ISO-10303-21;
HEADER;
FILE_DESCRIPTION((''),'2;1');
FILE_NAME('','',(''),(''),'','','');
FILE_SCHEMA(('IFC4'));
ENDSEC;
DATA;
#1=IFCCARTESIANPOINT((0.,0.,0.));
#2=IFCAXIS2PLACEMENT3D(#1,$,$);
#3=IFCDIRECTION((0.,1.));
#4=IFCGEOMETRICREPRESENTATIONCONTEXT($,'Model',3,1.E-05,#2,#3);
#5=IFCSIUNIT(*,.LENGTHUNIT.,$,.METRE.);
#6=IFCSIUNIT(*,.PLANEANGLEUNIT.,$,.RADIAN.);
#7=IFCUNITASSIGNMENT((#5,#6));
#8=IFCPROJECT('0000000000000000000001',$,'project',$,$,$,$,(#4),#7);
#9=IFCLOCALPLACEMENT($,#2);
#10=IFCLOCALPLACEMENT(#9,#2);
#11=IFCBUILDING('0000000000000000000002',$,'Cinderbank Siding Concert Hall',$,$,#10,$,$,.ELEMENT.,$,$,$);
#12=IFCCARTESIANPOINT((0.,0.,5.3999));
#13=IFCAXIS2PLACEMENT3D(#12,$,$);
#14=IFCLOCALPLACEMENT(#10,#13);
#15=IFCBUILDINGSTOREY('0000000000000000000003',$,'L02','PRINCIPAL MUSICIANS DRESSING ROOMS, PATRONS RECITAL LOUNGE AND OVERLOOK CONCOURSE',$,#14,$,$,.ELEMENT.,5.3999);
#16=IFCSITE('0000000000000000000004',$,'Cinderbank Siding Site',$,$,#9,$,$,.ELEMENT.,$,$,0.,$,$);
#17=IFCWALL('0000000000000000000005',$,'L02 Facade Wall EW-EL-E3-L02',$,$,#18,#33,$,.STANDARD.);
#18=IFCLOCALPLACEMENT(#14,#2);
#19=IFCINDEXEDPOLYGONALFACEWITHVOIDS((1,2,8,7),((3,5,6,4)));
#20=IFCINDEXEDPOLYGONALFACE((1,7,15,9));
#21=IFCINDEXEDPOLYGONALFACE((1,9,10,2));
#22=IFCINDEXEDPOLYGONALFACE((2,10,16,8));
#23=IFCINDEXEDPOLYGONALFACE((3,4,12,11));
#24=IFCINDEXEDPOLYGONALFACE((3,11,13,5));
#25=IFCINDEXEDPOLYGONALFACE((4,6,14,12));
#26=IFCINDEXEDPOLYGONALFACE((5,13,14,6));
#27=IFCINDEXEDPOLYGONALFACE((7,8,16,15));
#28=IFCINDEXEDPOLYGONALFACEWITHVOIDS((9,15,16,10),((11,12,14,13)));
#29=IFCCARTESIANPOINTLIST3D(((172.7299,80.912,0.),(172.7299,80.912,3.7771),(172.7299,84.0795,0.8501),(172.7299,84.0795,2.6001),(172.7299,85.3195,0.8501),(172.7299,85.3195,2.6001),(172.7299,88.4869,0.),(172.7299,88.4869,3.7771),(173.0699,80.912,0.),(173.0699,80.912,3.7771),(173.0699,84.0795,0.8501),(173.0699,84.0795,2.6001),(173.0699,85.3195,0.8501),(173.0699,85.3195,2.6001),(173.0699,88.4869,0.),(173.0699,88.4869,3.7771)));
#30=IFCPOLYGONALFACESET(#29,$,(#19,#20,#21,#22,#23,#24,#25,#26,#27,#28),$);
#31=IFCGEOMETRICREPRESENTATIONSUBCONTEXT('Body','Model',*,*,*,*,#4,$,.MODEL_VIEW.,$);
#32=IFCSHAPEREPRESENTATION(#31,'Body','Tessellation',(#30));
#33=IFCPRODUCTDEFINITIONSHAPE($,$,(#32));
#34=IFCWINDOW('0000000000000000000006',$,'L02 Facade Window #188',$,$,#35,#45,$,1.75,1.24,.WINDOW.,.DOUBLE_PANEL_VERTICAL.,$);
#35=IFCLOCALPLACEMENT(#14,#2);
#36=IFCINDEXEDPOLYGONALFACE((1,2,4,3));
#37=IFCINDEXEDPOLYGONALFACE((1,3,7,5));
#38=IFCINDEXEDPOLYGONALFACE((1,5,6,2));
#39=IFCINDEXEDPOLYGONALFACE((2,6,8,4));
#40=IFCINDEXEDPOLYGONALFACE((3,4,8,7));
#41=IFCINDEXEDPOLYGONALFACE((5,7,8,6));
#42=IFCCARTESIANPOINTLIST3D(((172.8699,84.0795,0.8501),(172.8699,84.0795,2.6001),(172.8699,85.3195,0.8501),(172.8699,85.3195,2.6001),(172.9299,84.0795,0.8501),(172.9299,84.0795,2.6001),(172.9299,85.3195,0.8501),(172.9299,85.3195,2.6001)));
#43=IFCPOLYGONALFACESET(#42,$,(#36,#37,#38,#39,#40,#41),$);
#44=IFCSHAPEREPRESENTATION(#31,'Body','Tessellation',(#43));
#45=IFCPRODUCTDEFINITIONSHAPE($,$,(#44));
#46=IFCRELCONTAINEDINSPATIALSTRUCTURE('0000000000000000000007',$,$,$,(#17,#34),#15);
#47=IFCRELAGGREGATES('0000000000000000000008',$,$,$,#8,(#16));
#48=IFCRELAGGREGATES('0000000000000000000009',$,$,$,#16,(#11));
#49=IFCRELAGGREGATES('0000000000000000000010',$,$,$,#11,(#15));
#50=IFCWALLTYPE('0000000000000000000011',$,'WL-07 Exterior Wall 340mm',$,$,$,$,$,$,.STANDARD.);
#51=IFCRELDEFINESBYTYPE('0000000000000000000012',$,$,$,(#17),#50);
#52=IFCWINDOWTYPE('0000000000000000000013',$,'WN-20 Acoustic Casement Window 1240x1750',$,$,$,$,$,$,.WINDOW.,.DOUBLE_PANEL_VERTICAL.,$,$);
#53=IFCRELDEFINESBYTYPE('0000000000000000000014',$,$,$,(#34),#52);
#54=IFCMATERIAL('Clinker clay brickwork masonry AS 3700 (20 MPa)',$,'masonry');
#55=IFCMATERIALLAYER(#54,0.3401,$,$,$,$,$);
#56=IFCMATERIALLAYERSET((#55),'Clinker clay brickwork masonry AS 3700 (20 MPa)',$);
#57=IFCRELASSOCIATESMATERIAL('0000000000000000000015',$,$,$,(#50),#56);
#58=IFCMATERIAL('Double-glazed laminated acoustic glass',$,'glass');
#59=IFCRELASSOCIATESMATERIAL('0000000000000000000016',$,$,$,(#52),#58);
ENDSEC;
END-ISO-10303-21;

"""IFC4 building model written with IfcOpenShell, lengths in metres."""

from ifc_helpers import new_model, si_unit, direction, frame, frame_2d, origin, place, context, subcontext, project, spatial, rectangle, extrude, material, layer, layer_set, type_object, element, fill, save


model = new_model("IFC4")

# Units and contexts
model_context = context("Model", 3, precision=1e-05, world=origin(), true_north=direction((0.0, 1.0)))
body_context = subcontext(model_context, "Body", "Model", "MODEL_VIEW")
ifc_project = project(units=[si_unit("LENGTHUNIT", "METRE"), si_unit("PLANEANGLEUNIT", "RADIAN")], contexts=[model_context])

# Site, building, storey
site_placement = place(None, origin())
site = spatial("IfcSite", under=ifc_project, at=site_placement, Name="Cinderbank Siding Site", CompositionType="ELEMENT", RefElevation=0.0)
building_placement = place(site_placement, origin())
building = spatial("IfcBuilding", under=site, at=building_placement, Name="Cinderbank Siding Concert Hall", CompositionType="ELEMENT")
storey_placement = place(building_placement, frame((0.0, 0.0, 5.3999)))
storey = spatial("IfcBuildingStorey", under=building, at=storey_placement, Name="L02", Description="PRINCIPAL MUSICIANS DRESSING ROOMS, PATRONS RECITAL LOUNGE AND OVERLOOK CONCOURSE", CompositionType="ELEMENT", Elevation=5.3999)

# Wall, opening, window
ifc_material_1 = material(Name="Clinker clay brickwork masonry AS 3700 (20 MPa)", Category="masonry")
ifc_layer = layer(ifc_material_1, 0.3401)
ifc_layer_set = layer_set([ifc_layer], Name="Clinker clay brickwork masonry AS 3700 (20 MPa)")
wall_type = type_object("IfcWallType", Name="WL-07 Exterior Wall 340mm", PredefinedType="STANDARD", material=ifc_layer_set)
ifc_material_2 = material(Name="Double-glazed laminated acoustic glass", Category="glass")
wall_1_placement = place(storey_placement, frame((172.8999, 88.4871, 0.0), z_axis=(0.0, 0.0, 1.0), x_axis=(0.0, -1.0, 0.0)))
wall_1 = element("IfcWall", 1, at=wall_1_placement, inside=storey, type_object=wall_type, Name="L02 Facade Wall EW-EL-E3-L02", PredefinedType="STANDARD", context=body_context, shape_type="SweptSolid", body=[
    extrude(rectangle(XDim=7.575, YDim=0.3401, at=frame_2d((3.7876, 0.0))), origin(), (0.0, 0.0, 1.0), 3.7771),
])
opening_1_placement = place(wall_1_placement, frame((3.1675, 0.0, 0.8501)))
opening_1 = element("IfcOpeningElement", 2, at=opening_1_placement, cuts=wall_1, PredefinedType="OPENING", context=body_context, shape_type="SweptSolid", body=[
    extrude(rectangle(XDim=1.24, YDim=1.75, at=frame_2d((0.6201, 0.875))), frame((0.0, 0.1821, 0.0), z_axis=(0.0, -1.0, 0.0), x_axis=(1.0, 0.0, 0.0)), (0.0, 0.0, 1.0), 0.364),
])
window_type_1 = type_object("IfcWindowType", Name="WN-20 Acoustic Casement Window 1240x1750", PartitioningType="DOUBLE_PANEL_VERTICAL", PredefinedType="WINDOW", material=ifc_material_2)
window_1_placement = place(opening_1_placement, origin())
window_1 = element("IfcWindow", 3, at=window_1_placement, inside=storey, type_object=window_type_1, Name="L02 Facade Window #188", OverallHeight=1.75, OverallWidth=1.24, PartitioningType="DOUBLE_PANEL_VERTICAL", PredefinedType="WINDOW", context=body_context, shape_type="SweptSolid", body=[
    extrude(rectangle(XDim=1.24, YDim=1.75, at=frame_2d((0.6201, 0.875))), frame((0.0, 0.03, 0.0), z_axis=(0.0, -1.0, 0.0), x_axis=(1.0, 0.0, 0.0)), (0.0, 0.0, 1.0), 0.0601),
])
fill(opening_1, window_1)

save(model, "model.ifc")
